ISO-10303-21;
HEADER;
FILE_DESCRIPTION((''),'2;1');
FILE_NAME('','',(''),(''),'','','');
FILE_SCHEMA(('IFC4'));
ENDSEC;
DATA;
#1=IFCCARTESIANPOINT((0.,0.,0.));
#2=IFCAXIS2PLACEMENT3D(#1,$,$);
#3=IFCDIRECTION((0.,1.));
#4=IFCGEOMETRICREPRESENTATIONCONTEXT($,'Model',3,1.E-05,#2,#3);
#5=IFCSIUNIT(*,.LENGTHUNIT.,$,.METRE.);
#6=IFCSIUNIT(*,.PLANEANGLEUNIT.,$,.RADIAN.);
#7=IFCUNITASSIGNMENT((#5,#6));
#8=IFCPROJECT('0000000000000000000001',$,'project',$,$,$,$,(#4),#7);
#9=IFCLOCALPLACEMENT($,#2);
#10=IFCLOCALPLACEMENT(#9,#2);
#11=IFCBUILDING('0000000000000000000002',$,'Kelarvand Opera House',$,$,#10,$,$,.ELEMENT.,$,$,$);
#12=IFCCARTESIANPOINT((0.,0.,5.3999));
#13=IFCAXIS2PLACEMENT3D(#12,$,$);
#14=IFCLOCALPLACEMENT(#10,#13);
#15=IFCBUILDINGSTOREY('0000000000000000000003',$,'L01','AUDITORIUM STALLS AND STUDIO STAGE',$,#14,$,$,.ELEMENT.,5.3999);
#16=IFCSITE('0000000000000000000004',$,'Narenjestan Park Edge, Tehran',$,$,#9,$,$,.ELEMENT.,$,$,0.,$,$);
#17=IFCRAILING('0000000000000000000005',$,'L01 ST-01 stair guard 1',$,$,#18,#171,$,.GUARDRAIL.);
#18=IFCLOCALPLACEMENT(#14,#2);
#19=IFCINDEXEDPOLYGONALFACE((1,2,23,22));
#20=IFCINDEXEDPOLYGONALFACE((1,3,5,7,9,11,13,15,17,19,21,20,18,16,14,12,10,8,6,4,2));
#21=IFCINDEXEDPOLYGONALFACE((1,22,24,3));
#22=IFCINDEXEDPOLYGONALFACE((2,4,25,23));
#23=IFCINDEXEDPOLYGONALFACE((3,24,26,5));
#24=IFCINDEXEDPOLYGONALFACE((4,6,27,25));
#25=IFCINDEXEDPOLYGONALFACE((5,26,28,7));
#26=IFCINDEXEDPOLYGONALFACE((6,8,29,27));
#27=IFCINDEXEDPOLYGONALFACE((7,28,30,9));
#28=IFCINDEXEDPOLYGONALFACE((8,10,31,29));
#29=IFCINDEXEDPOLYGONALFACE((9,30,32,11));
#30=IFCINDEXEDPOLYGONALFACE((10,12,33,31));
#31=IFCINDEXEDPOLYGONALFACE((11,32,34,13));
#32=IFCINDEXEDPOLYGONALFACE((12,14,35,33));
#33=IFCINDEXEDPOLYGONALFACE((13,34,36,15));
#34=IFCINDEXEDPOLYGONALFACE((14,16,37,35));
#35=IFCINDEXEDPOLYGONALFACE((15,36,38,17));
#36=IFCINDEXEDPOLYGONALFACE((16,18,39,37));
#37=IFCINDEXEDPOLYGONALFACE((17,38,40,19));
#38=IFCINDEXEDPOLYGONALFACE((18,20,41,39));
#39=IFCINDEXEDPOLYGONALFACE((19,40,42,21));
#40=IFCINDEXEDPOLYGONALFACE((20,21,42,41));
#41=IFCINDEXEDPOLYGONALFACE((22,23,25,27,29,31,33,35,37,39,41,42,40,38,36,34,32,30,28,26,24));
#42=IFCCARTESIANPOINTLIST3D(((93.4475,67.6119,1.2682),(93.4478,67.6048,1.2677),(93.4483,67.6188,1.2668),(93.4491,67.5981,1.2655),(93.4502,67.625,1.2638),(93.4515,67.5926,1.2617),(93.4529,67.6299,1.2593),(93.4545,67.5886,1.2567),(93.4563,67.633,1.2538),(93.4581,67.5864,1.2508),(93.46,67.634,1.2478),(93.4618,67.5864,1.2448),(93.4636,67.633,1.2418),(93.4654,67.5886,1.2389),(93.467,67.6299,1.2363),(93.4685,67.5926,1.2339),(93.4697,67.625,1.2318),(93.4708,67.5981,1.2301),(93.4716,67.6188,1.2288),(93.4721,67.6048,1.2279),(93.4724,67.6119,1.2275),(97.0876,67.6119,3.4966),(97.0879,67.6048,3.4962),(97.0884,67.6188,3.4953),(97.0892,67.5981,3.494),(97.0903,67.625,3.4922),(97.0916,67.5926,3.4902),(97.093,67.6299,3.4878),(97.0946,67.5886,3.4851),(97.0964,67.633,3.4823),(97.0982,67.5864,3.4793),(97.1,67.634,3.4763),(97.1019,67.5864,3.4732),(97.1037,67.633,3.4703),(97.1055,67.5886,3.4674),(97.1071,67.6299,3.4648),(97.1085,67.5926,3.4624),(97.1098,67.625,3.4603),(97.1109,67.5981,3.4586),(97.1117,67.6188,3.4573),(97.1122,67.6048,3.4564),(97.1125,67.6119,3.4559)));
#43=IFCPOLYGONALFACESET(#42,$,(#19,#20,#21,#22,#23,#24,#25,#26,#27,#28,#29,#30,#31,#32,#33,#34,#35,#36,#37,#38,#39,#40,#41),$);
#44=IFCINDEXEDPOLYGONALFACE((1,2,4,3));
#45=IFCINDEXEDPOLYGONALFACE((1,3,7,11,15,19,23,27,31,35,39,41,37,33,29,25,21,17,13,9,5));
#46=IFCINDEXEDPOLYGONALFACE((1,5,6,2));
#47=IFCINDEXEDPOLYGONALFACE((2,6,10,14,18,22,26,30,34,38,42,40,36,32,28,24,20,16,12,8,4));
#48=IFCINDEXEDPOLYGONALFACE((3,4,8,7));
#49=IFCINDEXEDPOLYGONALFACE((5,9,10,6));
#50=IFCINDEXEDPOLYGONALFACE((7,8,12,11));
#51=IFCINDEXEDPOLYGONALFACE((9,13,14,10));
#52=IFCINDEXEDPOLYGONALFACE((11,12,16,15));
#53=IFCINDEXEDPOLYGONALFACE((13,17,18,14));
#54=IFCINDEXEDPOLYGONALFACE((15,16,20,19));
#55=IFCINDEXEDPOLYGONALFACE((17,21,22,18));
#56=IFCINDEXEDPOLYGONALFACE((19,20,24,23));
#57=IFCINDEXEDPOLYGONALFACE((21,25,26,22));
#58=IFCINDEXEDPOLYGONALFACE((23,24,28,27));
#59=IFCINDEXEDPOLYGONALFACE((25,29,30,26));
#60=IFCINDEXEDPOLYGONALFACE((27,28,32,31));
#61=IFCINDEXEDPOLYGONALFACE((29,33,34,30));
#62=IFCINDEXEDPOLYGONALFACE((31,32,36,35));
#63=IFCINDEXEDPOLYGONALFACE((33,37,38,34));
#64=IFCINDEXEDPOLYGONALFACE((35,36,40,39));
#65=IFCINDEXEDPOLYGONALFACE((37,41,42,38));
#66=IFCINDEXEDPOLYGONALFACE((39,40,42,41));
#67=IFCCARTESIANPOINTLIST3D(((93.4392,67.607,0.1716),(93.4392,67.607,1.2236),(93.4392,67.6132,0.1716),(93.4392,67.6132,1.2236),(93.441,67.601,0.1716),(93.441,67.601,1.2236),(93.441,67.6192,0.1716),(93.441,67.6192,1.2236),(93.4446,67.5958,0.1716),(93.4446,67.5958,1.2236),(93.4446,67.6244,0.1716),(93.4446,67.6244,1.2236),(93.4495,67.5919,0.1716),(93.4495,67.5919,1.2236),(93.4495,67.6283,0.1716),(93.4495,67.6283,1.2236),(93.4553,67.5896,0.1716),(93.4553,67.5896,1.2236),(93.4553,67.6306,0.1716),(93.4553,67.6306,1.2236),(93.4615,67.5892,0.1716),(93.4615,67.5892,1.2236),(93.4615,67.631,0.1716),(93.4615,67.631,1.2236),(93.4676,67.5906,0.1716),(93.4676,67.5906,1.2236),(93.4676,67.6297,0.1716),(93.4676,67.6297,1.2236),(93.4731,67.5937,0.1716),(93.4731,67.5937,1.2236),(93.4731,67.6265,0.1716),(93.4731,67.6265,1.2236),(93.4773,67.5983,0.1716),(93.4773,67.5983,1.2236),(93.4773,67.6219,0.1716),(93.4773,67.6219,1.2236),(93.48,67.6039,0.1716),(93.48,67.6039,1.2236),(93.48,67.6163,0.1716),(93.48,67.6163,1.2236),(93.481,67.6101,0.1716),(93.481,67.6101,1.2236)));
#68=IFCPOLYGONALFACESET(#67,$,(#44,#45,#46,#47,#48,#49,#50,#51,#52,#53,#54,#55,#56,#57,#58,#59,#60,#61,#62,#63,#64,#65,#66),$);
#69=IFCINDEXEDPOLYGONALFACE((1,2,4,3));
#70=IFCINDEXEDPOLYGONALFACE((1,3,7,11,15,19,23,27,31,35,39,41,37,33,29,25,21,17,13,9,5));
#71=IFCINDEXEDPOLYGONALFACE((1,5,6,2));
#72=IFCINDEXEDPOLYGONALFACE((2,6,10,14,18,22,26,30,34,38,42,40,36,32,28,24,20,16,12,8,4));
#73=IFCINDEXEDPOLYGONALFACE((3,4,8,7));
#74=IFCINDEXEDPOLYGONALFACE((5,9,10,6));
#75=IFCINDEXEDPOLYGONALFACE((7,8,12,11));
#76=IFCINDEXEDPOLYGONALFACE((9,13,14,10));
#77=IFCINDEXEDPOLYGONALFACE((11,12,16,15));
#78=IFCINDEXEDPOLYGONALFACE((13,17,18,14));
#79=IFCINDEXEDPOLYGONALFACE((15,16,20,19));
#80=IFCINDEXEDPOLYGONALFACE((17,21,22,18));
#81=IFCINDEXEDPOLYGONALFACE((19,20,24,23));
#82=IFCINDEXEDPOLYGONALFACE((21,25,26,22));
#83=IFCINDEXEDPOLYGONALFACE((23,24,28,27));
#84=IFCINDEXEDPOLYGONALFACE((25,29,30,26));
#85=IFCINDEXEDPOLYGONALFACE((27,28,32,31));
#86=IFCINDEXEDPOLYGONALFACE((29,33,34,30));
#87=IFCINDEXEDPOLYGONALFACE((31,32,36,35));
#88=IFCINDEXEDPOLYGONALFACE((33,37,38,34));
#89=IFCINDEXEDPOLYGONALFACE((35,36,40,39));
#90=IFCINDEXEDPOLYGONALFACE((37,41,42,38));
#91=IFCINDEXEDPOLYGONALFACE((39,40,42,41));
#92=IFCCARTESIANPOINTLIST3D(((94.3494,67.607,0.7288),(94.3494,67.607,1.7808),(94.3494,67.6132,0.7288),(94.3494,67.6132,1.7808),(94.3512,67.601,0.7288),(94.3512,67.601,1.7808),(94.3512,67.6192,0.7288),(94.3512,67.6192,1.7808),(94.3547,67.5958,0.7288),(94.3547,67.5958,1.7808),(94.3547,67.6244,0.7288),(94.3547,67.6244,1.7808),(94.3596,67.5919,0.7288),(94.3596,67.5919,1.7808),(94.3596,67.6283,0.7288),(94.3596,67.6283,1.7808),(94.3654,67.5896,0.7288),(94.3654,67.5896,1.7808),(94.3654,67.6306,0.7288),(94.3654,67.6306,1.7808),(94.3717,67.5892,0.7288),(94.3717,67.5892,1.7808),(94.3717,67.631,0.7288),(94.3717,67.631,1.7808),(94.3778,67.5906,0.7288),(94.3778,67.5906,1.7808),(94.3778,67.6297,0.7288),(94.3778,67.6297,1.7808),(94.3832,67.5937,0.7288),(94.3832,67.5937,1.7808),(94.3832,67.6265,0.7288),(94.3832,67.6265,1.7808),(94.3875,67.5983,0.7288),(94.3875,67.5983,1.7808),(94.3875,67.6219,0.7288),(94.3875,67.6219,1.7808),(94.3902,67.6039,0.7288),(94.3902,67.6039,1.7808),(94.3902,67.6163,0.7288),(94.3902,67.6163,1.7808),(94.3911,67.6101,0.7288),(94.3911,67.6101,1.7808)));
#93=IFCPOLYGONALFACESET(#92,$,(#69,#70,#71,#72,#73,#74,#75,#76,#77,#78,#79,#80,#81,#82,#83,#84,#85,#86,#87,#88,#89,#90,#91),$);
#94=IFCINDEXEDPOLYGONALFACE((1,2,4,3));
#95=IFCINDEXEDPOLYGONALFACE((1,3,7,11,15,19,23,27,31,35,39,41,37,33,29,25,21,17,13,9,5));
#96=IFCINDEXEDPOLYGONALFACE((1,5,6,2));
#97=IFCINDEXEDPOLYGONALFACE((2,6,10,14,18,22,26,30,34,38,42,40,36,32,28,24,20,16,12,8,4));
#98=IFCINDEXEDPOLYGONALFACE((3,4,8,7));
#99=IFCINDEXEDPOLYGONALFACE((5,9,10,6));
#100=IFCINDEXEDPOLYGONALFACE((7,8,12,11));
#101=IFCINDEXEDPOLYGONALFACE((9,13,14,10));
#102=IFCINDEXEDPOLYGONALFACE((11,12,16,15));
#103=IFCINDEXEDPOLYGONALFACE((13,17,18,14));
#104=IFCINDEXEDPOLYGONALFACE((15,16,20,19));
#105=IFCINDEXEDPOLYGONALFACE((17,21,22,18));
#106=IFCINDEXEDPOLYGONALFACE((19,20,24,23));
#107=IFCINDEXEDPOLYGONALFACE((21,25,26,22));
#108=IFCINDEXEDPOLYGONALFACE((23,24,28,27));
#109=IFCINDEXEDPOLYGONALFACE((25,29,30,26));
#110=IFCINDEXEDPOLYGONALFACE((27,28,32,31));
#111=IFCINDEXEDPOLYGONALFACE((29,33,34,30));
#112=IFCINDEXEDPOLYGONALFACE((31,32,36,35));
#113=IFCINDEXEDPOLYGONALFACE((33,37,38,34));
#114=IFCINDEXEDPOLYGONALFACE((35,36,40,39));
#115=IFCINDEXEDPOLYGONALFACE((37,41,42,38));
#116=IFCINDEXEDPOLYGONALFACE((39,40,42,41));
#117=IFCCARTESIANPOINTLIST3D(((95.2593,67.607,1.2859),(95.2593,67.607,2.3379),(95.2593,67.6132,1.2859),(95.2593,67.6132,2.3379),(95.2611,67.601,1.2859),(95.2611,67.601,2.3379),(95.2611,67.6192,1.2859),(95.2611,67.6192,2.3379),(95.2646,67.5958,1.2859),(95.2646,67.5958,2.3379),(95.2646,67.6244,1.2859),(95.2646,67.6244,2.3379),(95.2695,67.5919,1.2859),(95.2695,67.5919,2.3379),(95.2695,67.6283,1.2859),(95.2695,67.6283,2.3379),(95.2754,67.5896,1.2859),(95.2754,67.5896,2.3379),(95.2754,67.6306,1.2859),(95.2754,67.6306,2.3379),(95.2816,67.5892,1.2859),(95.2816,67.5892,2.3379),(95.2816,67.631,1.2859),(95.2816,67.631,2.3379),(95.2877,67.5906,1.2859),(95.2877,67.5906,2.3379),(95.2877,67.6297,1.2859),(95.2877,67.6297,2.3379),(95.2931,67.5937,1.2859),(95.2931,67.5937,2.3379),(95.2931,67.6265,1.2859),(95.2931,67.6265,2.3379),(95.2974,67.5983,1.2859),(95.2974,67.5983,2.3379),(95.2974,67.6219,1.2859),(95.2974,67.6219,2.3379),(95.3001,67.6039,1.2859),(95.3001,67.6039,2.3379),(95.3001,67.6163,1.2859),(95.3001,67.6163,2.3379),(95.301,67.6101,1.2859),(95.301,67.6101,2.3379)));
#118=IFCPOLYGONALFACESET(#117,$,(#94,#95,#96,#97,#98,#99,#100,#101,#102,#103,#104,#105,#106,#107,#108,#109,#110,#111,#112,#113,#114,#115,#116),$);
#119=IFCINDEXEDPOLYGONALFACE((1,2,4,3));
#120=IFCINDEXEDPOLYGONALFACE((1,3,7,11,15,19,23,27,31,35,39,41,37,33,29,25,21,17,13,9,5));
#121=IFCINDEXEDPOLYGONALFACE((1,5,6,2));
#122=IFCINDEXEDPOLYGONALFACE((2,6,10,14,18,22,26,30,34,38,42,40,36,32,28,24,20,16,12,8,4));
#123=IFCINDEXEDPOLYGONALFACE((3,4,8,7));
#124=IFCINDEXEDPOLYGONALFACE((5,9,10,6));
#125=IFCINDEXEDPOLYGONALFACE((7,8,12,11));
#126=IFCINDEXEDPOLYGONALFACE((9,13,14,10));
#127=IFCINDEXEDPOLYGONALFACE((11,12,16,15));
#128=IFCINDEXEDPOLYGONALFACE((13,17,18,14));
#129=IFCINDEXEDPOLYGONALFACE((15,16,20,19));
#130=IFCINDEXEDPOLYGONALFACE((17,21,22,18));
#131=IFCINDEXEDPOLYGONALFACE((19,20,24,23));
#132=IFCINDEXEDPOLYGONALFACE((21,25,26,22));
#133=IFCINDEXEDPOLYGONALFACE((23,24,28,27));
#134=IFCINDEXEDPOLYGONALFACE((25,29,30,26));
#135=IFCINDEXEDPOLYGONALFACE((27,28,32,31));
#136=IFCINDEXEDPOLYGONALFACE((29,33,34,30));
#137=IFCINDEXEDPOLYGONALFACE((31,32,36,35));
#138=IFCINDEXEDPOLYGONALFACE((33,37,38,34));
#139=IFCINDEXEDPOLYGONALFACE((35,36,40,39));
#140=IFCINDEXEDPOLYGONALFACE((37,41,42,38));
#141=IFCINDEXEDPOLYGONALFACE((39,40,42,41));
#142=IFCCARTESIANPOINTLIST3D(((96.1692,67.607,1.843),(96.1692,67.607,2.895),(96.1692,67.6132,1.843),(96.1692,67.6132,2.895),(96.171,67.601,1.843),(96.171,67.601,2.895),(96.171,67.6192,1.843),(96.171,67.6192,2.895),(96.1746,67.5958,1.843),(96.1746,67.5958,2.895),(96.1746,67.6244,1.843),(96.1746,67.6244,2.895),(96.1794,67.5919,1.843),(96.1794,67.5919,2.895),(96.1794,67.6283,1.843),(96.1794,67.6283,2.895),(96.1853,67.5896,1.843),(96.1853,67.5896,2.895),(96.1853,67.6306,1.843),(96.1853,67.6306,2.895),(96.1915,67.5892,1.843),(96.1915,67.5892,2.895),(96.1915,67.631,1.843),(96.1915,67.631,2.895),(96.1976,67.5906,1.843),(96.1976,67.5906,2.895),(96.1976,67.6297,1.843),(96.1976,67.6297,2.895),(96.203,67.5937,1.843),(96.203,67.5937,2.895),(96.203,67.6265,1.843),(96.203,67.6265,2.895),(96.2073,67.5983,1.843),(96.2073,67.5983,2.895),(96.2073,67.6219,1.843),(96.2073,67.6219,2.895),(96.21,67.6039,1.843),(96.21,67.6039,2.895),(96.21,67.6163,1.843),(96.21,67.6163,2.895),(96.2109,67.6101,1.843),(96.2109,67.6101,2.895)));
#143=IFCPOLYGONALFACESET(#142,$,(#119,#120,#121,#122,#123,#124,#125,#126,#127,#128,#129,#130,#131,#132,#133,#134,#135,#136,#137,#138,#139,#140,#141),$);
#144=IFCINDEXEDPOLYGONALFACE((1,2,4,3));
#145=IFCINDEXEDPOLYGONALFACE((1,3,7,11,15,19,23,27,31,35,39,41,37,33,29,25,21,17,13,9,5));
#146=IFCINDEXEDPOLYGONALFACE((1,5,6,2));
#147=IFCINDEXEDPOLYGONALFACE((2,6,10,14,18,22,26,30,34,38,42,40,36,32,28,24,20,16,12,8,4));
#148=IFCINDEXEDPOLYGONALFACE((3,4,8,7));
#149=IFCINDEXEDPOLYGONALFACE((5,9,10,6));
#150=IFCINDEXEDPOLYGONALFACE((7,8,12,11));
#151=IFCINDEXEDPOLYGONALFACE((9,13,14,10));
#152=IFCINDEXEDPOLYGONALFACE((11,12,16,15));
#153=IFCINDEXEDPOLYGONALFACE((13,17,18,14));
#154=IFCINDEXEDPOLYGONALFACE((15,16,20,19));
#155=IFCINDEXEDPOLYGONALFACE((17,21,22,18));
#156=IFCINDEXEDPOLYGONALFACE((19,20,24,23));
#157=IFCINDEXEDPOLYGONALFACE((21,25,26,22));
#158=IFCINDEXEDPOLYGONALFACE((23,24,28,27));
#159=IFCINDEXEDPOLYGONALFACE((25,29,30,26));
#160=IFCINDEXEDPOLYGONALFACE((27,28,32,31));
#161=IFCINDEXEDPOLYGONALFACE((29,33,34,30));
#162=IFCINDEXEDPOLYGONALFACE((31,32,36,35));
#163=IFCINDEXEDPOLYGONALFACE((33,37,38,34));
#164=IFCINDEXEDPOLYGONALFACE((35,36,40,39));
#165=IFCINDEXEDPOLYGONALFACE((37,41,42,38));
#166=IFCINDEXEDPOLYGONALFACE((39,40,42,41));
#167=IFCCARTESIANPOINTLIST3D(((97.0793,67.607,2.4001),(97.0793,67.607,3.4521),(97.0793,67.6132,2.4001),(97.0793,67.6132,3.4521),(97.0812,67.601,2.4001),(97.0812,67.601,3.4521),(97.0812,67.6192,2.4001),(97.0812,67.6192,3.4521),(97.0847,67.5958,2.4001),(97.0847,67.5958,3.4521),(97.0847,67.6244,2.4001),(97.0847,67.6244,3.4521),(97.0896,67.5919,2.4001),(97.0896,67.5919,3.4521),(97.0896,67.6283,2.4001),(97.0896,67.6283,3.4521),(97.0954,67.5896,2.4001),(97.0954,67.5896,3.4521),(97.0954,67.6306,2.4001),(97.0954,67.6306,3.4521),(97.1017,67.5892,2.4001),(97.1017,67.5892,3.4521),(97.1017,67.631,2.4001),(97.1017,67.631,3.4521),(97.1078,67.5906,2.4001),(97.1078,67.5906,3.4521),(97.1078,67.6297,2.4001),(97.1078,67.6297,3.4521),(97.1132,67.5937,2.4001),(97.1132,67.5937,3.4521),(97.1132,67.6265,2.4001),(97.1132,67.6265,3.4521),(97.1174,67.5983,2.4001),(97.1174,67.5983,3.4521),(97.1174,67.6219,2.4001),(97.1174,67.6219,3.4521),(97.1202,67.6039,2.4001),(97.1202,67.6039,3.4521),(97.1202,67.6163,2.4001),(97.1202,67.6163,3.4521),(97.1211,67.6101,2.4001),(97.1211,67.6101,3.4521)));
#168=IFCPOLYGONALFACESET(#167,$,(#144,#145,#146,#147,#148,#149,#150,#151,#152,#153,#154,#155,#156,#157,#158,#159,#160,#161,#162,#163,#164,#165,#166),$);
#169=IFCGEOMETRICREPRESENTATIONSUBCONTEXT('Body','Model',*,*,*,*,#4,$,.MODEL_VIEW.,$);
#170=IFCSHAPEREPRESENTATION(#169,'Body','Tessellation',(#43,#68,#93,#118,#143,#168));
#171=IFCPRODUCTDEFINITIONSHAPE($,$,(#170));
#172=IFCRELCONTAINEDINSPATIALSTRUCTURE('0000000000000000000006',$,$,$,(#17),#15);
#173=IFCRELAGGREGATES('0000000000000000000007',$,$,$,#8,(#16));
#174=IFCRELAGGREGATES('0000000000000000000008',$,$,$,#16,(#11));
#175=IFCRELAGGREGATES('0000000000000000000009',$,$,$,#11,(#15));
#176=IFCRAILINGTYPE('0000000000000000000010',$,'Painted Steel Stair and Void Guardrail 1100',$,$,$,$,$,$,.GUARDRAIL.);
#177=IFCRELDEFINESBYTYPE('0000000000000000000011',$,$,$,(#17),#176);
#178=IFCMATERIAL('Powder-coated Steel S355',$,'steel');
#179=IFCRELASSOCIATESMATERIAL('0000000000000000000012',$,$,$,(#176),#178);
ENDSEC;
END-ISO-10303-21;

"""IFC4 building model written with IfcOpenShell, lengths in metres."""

from ifc_helpers import new_model, si_unit, direction, frame, origin, origin_2d, place, context, subcontext, project, spatial, circle, extrude, material, type_object, element, save


model = new_model("IFC4")

# Units and contexts
model_context = context("Model", 3, precision=1e-05, world=origin(), true_north=direction((0.0, 1.0)))
body_context = subcontext(model_context, "Body", "Model", "MODEL_VIEW")
ifc_project = project(units=[si_unit("LENGTHUNIT", "METRE"), si_unit("PLANEANGLEUNIT", "RADIAN")], contexts=[model_context])

# Site, building, storey
site_placement = place(None, origin())
site = spatial("IfcSite", under=ifc_project, at=site_placement, Name="Narenjestan Park Edge, Tehran", CompositionType="ELEMENT", RefElevation=0.0)
building_placement = place(site_placement, origin())
building = spatial("IfcBuilding", under=site, at=building_placement, Name="Kelarvand Opera House", CompositionType="ELEMENT")
storey_placement = place(building_placement, frame((0.0, 0.0, 5.3999)))
storey = spatial("IfcBuildingStorey", under=building, at=storey_placement, Name="L01", Description="AUDITORIUM STALLS AND STUDIO STAGE", CompositionType="ELEMENT", Elevation=5.3999)

# Railing
ifc_material_1 = material(Name="Powder-coated Steel S355", Category="steel")
railing_type_1 = type_object("IfcRailingType", Name="Painted Steel Stair and Void Guardrail 1100", PredefinedType="GUARDRAIL", material=ifc_material_1)
railing_1_placement = place(storey_placement, frame((93.46, 67.6101, 0.1716)))
element("IfcRailing", 1, at=railing_1_placement, inside=storey, type_object=railing_type_1, Name="L01 ST-01 stair guard 1", PredefinedType="GUARDRAIL", context=body_context, shape_type="SweptSolid", body=[
    extrude(circle(Radius=0.0239, at=origin_2d()), frame((0.0, 0.0, 1.0762), z_axis=(0.852866, 0.0, 0.52213), x_axis=(0.0, 1.0, 0.0)), (0.0, 0.0, 1.0), 4.2681),
    extrude(circle(Radius=0.021, at=origin_2d()), origin(), (0.0, 0.0, 1.0), 1.052),
    extrude(circle(Radius=0.021, at=origin_2d()), frame((0.9102, 0.0, 0.5571)), (0.0, 0.0, 1.0), 1.052),
    extrude(circle(Radius=0.021, at=origin_2d()), frame((1.8201, 0.0, 1.1143)), (0.0, 0.0, 1.0), 1.052),
    extrude(circle(Radius=0.021, at=origin_2d()), frame((2.73, 0.0, 1.6714)), (0.0, 0.0, 1.0), 1.052),
    extrude(circle(Radius=0.021, at=origin_2d()), frame((3.6401, 0.0, 2.2285)), (0.0, 0.0, 1.0), 1.052),
])

save(model, "model.ifc")
